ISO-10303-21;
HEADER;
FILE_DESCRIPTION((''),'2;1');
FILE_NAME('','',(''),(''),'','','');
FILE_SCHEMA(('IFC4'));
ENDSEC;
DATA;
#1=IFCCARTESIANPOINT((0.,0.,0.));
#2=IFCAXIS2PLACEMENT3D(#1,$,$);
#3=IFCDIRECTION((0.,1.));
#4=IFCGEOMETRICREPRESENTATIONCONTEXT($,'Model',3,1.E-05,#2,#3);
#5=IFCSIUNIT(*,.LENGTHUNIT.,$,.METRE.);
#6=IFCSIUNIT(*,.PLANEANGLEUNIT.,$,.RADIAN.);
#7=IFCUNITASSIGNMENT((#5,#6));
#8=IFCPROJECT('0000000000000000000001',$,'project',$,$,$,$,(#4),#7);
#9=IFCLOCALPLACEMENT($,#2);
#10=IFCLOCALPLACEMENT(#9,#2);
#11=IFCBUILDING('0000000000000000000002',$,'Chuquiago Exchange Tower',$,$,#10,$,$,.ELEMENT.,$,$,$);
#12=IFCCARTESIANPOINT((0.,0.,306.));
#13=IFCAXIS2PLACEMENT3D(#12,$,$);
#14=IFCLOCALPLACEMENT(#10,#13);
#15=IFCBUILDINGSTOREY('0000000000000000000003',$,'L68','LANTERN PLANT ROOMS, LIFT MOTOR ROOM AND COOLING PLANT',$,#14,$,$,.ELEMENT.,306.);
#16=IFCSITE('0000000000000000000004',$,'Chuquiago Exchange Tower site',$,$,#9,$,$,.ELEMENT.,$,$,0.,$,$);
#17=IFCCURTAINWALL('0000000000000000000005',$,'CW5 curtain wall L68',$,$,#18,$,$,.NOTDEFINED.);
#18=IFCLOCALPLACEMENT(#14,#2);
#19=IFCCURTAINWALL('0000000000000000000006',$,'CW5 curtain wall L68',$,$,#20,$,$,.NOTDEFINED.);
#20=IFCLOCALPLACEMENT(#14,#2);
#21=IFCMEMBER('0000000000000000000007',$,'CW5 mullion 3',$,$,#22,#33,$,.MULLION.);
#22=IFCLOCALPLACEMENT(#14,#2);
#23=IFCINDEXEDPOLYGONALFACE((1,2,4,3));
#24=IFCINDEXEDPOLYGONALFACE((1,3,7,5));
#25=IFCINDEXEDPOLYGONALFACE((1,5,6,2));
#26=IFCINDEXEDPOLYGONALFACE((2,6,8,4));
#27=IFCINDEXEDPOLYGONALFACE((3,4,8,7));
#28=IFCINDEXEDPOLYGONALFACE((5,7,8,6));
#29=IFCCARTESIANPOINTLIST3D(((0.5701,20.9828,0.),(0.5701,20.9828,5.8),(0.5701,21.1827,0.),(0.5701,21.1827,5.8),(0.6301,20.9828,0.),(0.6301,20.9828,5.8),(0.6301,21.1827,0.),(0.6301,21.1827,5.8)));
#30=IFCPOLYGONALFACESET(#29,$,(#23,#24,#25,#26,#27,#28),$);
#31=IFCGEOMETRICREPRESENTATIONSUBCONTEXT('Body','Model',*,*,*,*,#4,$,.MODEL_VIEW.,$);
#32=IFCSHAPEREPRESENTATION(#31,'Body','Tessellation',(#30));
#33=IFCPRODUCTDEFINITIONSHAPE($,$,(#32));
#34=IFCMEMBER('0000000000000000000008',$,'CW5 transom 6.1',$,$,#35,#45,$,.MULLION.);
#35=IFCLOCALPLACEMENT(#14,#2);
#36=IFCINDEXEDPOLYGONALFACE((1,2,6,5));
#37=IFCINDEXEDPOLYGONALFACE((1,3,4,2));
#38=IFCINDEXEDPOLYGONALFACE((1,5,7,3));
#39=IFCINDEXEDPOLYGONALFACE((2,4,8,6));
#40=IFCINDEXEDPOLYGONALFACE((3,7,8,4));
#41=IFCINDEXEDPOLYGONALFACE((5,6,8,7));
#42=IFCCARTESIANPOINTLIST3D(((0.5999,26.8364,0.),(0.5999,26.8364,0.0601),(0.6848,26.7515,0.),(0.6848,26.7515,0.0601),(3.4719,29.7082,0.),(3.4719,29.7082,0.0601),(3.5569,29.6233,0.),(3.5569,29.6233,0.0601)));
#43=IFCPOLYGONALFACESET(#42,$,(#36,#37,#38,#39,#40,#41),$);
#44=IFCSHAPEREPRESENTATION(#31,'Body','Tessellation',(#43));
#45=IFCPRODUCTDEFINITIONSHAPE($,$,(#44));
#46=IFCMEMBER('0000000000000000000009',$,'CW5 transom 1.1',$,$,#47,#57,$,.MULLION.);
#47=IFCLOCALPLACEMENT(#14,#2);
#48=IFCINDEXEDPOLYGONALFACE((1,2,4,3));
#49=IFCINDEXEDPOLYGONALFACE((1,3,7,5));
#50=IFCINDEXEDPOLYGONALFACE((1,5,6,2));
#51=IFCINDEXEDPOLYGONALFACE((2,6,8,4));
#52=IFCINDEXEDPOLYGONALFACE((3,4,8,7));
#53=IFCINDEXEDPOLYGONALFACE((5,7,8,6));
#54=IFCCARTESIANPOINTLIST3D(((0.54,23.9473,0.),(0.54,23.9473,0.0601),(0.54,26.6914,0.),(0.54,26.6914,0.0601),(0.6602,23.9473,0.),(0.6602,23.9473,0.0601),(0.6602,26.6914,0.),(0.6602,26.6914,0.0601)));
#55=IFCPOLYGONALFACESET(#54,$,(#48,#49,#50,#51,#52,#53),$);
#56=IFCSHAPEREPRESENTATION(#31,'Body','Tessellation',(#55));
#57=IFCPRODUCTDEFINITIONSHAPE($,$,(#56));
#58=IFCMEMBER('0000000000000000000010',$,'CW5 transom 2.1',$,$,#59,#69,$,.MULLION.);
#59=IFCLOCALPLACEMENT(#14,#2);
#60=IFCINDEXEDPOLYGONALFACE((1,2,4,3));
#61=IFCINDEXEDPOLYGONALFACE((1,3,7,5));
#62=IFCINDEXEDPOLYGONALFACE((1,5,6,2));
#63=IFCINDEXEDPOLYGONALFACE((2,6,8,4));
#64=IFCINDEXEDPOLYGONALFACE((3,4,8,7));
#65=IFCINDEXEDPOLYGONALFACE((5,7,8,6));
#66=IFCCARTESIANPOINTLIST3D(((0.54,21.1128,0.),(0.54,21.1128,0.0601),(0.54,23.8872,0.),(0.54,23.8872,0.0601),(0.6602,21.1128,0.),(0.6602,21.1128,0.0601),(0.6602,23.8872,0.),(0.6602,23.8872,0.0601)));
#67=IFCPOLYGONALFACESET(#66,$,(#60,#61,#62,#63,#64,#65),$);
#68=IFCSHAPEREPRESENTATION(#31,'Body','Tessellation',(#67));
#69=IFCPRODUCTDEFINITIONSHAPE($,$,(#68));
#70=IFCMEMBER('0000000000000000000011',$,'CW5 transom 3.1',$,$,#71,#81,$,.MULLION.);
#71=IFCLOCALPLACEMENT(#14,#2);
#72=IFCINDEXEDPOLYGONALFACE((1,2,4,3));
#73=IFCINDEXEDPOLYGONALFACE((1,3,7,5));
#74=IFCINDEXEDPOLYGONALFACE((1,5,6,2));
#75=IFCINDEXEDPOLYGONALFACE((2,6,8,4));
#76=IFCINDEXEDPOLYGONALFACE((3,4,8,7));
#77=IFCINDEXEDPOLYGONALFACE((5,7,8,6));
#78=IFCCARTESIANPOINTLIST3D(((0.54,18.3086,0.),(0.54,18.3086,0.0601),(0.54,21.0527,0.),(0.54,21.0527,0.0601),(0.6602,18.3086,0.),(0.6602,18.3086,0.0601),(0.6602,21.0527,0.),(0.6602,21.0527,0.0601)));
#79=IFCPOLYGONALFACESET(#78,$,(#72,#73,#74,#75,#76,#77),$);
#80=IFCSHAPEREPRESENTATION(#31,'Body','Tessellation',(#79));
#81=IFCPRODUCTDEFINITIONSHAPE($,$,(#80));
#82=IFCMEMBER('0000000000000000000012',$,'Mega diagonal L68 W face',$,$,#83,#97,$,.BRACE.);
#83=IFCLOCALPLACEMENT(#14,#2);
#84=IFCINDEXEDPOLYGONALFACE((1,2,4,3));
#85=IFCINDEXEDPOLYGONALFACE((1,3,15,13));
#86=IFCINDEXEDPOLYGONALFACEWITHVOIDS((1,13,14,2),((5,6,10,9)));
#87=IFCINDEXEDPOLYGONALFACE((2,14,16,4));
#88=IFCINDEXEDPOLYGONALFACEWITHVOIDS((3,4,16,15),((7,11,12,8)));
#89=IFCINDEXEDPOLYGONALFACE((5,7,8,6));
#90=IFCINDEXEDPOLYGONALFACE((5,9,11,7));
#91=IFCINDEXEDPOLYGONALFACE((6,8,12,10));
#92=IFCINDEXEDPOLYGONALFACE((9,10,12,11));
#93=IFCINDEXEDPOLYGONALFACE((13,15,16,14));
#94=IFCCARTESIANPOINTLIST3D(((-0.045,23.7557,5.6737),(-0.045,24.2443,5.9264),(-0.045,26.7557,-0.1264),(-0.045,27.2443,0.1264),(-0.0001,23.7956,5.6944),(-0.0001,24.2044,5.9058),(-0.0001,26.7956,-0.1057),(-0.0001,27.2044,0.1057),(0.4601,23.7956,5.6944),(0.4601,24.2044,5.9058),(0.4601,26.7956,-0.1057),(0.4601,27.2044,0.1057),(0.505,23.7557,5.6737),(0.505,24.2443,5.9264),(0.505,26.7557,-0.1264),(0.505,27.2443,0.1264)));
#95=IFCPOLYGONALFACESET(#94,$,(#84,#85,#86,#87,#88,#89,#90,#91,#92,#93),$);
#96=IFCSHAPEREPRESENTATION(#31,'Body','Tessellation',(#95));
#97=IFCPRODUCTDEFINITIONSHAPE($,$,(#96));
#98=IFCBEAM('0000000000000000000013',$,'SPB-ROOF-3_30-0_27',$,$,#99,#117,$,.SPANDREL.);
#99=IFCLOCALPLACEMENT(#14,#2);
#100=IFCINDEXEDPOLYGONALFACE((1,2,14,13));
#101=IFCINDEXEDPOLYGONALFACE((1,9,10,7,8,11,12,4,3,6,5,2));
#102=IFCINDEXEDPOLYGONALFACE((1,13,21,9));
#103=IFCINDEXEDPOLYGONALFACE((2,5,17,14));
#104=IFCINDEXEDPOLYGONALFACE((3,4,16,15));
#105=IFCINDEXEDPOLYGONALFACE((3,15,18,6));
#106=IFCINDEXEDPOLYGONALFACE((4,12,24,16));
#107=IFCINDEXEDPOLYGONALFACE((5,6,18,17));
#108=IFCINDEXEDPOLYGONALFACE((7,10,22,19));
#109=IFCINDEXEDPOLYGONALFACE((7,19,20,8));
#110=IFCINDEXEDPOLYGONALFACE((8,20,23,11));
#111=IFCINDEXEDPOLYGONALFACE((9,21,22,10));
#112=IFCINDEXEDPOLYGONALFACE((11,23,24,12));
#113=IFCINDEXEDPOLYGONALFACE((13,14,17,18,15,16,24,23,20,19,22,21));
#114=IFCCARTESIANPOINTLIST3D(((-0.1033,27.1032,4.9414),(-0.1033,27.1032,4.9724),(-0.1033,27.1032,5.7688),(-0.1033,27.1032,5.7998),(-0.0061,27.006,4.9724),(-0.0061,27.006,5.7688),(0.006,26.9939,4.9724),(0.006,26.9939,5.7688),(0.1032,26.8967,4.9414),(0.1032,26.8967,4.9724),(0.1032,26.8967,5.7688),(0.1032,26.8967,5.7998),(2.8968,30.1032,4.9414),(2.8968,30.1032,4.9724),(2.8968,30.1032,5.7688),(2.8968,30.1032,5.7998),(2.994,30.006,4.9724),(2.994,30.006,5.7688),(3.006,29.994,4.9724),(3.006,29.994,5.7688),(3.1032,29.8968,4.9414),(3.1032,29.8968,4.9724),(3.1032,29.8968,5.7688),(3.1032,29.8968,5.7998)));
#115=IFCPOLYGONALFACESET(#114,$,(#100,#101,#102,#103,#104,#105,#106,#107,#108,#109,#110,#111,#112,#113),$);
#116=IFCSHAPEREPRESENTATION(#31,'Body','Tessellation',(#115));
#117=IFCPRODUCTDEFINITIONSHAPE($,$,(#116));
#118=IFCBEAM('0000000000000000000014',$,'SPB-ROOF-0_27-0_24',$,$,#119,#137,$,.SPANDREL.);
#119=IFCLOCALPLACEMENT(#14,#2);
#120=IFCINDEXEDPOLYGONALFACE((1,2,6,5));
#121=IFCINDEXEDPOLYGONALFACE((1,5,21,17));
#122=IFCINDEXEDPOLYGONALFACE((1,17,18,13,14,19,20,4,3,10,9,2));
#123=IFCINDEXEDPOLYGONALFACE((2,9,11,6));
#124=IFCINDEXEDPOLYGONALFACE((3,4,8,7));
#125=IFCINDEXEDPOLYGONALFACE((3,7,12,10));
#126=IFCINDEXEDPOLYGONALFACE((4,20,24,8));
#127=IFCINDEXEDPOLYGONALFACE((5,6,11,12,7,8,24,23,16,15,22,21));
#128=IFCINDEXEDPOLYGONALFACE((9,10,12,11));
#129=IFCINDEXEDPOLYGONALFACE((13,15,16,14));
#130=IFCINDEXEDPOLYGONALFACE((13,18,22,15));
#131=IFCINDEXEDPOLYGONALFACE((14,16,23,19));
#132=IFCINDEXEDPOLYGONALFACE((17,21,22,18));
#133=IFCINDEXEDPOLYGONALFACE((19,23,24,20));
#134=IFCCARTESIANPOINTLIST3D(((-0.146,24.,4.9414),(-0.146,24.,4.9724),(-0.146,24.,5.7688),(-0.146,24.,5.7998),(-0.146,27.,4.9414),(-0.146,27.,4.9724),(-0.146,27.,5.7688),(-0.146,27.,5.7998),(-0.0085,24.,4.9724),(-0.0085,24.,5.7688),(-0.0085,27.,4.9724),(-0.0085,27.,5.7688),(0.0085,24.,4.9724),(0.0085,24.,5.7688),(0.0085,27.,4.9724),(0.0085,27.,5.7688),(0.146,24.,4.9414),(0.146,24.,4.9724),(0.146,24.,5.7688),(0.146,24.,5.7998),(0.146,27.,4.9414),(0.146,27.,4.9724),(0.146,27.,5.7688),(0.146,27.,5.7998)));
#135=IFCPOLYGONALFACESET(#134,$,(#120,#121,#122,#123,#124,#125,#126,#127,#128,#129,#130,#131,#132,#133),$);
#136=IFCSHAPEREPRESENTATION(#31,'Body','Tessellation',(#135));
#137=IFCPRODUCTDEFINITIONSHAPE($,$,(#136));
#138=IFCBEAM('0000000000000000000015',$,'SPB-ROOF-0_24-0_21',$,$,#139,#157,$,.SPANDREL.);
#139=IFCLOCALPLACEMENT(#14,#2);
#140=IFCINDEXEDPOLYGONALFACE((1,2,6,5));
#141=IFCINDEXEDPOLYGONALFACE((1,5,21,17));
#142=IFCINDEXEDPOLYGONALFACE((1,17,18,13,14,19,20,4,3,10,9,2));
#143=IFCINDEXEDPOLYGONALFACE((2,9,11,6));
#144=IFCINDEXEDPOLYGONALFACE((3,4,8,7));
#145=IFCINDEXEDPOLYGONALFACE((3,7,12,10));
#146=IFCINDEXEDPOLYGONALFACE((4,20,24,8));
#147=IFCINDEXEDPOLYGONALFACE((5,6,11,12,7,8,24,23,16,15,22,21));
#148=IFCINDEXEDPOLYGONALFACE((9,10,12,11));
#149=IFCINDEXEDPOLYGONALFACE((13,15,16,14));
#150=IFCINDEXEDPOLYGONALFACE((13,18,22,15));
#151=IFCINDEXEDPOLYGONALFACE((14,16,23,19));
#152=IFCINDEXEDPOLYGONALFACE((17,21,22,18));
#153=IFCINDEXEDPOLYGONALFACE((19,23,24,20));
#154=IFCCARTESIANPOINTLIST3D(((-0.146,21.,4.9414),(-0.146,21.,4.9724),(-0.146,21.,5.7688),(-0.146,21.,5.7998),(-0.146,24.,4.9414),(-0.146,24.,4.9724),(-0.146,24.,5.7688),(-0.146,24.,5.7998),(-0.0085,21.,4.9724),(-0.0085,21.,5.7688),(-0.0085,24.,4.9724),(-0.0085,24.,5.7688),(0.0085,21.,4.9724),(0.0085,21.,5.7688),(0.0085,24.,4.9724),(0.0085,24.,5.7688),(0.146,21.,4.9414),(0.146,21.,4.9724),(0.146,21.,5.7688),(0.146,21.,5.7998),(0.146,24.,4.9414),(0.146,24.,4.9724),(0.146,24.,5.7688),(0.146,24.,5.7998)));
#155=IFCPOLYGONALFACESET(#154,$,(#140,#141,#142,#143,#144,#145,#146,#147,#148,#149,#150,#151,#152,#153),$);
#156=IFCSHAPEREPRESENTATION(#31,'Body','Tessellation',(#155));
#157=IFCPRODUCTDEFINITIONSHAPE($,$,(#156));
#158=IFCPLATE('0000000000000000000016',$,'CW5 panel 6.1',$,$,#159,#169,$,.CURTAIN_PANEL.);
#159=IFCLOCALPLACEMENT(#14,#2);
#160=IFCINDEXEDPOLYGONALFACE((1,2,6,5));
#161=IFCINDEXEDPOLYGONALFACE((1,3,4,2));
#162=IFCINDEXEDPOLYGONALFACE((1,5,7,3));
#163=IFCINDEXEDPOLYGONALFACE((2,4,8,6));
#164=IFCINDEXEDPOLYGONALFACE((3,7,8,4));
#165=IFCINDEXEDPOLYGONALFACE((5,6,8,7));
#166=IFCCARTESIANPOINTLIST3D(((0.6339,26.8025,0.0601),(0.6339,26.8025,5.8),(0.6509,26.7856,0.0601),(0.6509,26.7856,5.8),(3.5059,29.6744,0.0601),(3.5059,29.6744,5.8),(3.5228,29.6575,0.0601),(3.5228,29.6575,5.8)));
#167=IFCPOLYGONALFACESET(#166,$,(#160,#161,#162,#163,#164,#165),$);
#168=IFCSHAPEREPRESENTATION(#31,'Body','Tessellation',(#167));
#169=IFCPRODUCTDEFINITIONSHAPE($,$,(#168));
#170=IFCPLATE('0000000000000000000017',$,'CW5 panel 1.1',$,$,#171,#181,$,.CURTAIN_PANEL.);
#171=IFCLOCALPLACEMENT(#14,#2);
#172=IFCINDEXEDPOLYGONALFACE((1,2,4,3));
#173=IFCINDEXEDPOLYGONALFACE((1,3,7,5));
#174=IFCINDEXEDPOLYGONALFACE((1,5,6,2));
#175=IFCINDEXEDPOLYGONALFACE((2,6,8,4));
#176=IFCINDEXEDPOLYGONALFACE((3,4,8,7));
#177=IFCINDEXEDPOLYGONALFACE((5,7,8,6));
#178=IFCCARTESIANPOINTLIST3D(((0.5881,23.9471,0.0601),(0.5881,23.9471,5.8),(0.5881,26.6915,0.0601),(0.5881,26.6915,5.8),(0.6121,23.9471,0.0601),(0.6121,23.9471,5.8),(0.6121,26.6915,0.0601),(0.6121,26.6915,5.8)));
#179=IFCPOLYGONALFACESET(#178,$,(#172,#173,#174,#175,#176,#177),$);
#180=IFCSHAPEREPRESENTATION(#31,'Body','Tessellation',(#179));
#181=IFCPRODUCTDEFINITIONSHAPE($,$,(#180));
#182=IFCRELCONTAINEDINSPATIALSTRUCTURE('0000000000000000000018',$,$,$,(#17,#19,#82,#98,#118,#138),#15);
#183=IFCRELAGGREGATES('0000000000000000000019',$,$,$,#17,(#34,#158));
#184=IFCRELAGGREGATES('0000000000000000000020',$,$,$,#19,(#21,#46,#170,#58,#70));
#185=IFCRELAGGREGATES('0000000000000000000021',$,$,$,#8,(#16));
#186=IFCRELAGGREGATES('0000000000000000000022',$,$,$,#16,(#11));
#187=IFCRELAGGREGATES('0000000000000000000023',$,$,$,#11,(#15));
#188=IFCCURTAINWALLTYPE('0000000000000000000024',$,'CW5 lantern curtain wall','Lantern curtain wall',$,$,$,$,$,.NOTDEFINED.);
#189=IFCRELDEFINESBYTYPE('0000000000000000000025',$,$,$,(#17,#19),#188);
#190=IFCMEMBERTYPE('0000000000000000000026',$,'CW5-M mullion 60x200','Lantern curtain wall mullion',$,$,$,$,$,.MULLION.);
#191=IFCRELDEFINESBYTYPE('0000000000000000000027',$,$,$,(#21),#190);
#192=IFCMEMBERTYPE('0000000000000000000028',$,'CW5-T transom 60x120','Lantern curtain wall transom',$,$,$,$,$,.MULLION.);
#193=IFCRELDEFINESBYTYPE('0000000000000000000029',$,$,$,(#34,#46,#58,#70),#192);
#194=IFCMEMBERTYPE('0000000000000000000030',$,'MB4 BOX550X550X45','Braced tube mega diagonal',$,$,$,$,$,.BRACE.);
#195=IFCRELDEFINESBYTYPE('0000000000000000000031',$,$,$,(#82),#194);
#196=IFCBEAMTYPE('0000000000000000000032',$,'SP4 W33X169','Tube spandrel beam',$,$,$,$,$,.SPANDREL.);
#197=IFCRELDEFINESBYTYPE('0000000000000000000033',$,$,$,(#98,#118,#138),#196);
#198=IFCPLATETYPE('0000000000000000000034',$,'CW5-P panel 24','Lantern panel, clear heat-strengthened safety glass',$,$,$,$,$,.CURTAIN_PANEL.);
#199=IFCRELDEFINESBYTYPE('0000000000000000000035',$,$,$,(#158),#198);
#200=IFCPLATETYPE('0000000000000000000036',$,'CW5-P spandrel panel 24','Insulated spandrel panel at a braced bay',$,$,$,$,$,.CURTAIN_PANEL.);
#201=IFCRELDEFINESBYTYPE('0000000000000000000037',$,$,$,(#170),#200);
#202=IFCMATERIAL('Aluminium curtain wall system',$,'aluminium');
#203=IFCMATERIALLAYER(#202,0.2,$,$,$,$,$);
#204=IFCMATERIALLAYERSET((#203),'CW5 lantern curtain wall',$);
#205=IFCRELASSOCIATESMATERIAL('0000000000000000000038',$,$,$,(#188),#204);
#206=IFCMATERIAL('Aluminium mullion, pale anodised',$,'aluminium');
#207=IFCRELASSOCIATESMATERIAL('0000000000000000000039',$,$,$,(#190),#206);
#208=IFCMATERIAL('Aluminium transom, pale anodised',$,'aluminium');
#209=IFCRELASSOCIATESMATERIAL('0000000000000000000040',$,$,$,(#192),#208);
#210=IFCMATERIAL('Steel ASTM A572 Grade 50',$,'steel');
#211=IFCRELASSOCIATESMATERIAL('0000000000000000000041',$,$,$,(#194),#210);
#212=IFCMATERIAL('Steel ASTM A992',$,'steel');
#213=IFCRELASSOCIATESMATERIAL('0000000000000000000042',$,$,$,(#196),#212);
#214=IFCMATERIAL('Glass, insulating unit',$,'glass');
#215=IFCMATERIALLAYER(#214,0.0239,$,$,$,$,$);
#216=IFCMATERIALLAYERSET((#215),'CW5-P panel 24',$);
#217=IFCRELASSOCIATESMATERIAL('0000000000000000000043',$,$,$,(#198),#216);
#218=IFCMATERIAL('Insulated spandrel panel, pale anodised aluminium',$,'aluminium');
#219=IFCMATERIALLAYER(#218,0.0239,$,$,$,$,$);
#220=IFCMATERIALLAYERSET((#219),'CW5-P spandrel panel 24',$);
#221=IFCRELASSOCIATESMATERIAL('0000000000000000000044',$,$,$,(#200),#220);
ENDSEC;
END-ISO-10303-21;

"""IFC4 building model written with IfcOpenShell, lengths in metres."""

from ifc_helpers import new_model, si_unit, direction, frame, origin, origin_2d, place, context, subcontext, project, spatial, rectangle, hollow_rectangle, i_section, extrude, material, layer, layer_set, material_profile, profile_set, type_object, element, aggregate, save


model = new_model("IFC4")

# Units and contexts
model_context = context("Model", 3, precision=1e-05, world=origin(), true_north=direction((0.0, 1.0)))
body_context = subcontext(model_context, "Body", "Model", "MODEL_VIEW")
ifc_project = project(units=[si_unit("LENGTHUNIT", "METRE"), si_unit("PLANEANGLEUNIT", "RADIAN")], contexts=[model_context])

# Site, building, storey
site_placement = place(None, origin())
site = spatial("IfcSite", under=ifc_project, at=site_placement, Name="Chuquiago Exchange Tower site", CompositionType="ELEMENT", RefElevation=0.0)
building_placement = place(site_placement, origin())
building = spatial("IfcBuilding", under=site, at=building_placement, Name="Chuquiago Exchange Tower", CompositionType="ELEMENT")
storey_placement = place(building_placement, frame((0.0, 0.0, 306.0)))
storey = spatial("IfcBuildingStorey", under=building, at=storey_placement, Name="L68", Description="LANTERN PLANT ROOMS, LIFT MOTOR ROOM AND COOLING PLANT", CompositionType="ELEMENT", Elevation=306.0)

# Curtain walls, member
ifc_material_1 = material(Name="Aluminium curtain wall system", Category="aluminium")
ifc_layer_1 = layer(ifc_material_1, 0.2)
ifc_layer_set_1 = layer_set([ifc_layer_1], Name="CW5 lantern curtain wall")
curtain_wall_type = type_object("IfcCurtainWallType", Name="CW5 lantern curtain wall", Description="Lantern curtain wall", PredefinedType="NOTDEFINED", material=ifc_layer_set_1)
curtain_wall_1_placement = place(storey_placement, origin())
curtain_wall_1 = element("IfcCurtainWall", 1, at=curtain_wall_1_placement, inside=storey, type_object=curtain_wall_type, Name="CW5 curtain wall L68", PredefinedType="NOTDEFINED")
ifc_material_2 = material(Name="Aluminium mullion, pale anodised", Category="aluminium")
ifc_material_profile_1 = material_profile(ifc_material_2, rectangle(XDim=0.0601, YDim=0.2, at=origin_2d()), Name="AL 60x200")
ifc_profile_set_1 = profile_set([ifc_material_profile_1], Name="Aluminium mullion, pale anodised")
member_type_1 = type_object("IfcMemberType", Name="CW5-M mullion 60x200", Description="Lantern curtain wall mullion", PredefinedType="MULLION", material=ifc_profile_set_1)
curtain_wall_2_placement = place(storey_placement, origin())
curtain_wall_2 = element("IfcCurtainWall", 2, at=curtain_wall_2_placement, inside=storey, type_object=curtain_wall_type, Name="CW5 curtain wall L68", PredefinedType="NOTDEFINED")
member_1_placement = place(storey_placement, frame((0.6001, 21.0828, 0.0), z_axis=(0.0, 0.0, 1.0), x_axis=(1.0, 0.0, 0.0)))
member_1 = element("IfcMember", 3, at=member_1_placement, type_object=member_type_1, Name="CW5 mullion 3", PredefinedType="MULLION", context=body_context, shape_type="SweptSolid", body=[
    extrude(rectangle(XDim=0.0601, YDim=0.2, at=origin_2d()), origin(), (0.0, 0.0, 1.0), 5.8),
])

# Members
ifc_material_3 = material(Name="Aluminium transom, pale anodised", Category="aluminium")
ifc_material_profile_2 = material_profile(ifc_material_3, rectangle(XDim=0.1201, YDim=0.0601, at=origin_2d()), Name="AL 120x60")
ifc_profile_set_2 = profile_set([ifc_material_profile_2], Name="Aluminium transom, pale anodised")
member_type_2 = type_object("IfcMemberType", Name="CW5-T transom 60x120", Description="Lantern curtain wall transom", PredefinedType="MULLION", material=ifc_profile_set_2)
member_2_placement = place(storey_placement, frame((3.5144, 29.6658, 0.03), z_axis=(-0.707137, -0.707077, 0.0), x_axis=(0.707077, -0.707137, 0.0)))
member_2 = element("IfcMember", 4, at=member_2_placement, type_object=member_type_2, Name="CW5 transom 6.1", PredefinedType="MULLION", context=body_context, shape_type="SweptSolid", body=[
    extrude(rectangle(XDim=0.1201, YDim=0.0601, at=origin_2d()), origin(), (0.0, 0.0, 1.0), 4.0615),
])
member_3_placement = place(storey_placement, frame((0.6001, 26.6914, 0.03), z_axis=(0.0, -1.0, 0.0), x_axis=(1.0, 0.0, 0.0)))
member_3 = element("IfcMember", 5, at=member_3_placement, type_object=member_type_2, Name="CW5 transom 1.1", PredefinedType="MULLION", context=body_context, shape_type="SweptSolid", body=[
    extrude(rectangle(XDim=0.1201, YDim=0.0601, at=origin_2d()), origin(), (0.0, 0.0, 1.0), 2.7441),
])
member_4_placement = place(storey_placement, frame((0.6001, 23.8872, 0.03), z_axis=(0.0, -1.0, 0.0), x_axis=(1.0, 0.0, 0.0)))
member_4 = element("IfcMember", 6, at=member_4_placement, type_object=member_type_2, Name="CW5 transom 2.1", PredefinedType="MULLION", context=body_context, shape_type="SweptSolid", body=[
    extrude(rectangle(XDim=0.1201, YDim=0.0601, at=origin_2d()), origin(), (0.0, 0.0, 1.0), 2.7744),
])
member_5_placement = place(storey_placement, frame((0.6001, 21.0527, 0.03), z_axis=(0.0, -1.0, 0.0), x_axis=(1.0, 0.0, 0.0)))
member_5 = element("IfcMember", 7, at=member_5_placement, type_object=member_type_2, Name="CW5 transom 3.1", PredefinedType="MULLION", context=body_context, shape_type="SweptSolid", body=[
    extrude(rectangle(XDim=0.1201, YDim=0.0601, at=origin_2d()), origin(), (0.0, 0.0, 1.0), 2.7441),
])
ifc_material_4 = material(Name="Steel ASTM A572 Grade 50", Category="steel")
ifc_material_profile_3 = material_profile(ifc_material_4, hollow_rectangle(XDim=0.55, YDim=0.55, WallThickness=0.0449, at=origin_2d()), Name="BOX550X550X45")
ifc_profile_set_3 = profile_set([ifc_material_profile_3], Name="Steel ASTM A572 Grade 50")
member_type_3 = type_object("IfcMemberType", Name="MB4 BOX550X550X45", Description="Braced tube mega diagonal", PredefinedType="BRACE", material=ifc_profile_set_3)
member_6_placement = place(storey_placement, frame((0.23, 27.0, 0.0), z_axis=(0.0, -0.45942, 0.888219), x_axis=(1.0, 0.0, 0.0)))
element("IfcMember", 8, at=member_6_placement, inside=storey, type_object=member_type_3, Name="Mega diagonal L68 W face", PredefinedType="BRACE", context=body_context, shape_type="SweptSolid", body=[
    extrude(hollow_rectangle(XDim=0.55, YDim=0.55, WallThickness=0.0449, at=origin_2d()), origin(), (0.0, 0.0, 1.0), 6.53),
])

# Beams
ifc_material_5 = material(Name="Steel ASTM A992", Category="steel")
ifc_material_profile_4 = material_profile(ifc_material_5, i_section(OverallWidth=0.292, OverallDepth=0.8584, WebThickness=0.0171, FlangeThickness=0.031, at=origin_2d()), Name="W33X169")
ifc_profile_set_4 = profile_set([ifc_material_profile_4], Name="Steel ASTM A992")
beam_type_1 = type_object("IfcBeamType", Name="SP4 W33X169", Description="Tube spandrel beam", PredefinedType="SPANDREL", material=ifc_profile_set_4)
beam_1_placement = place(storey_placement, frame((3.0, 30.0, 5.3706), z_axis=(-0.707107, -0.707107, 0.0), x_axis=(0.707107, -0.707107, 0.0)))
element("IfcBeam", 9, at=beam_1_placement, inside=storey, type_object=beam_type_1, Name="SPB-ROOF-3_30-0_27", PredefinedType="SPANDREL", context=body_context, shape_type="SweptSolid", body=[
    extrude(i_section(OverallWidth=0.292, OverallDepth=0.8584, WebThickness=0.0171, FlangeThickness=0.031, at=origin_2d()), origin(), (0.0, 0.0, 1.0), 4.2427),
])
for number, where, z_axis, x_axis, name in (
    (10, (0.0, 27.0, 5.3706), (0.0, -1.0, 0.0), (1.0, 0.0, 0.0), "SPB-ROOF-0_27-0_24"),
    (11, (0.0, 24.0, 5.3706), (0.0, -1.0, 0.0), (1.0, 0.0, 0.0), "SPB-ROOF-0_24-0_21"),
):
    element("IfcBeam", number, at=place(storey_placement, frame(where, z_axis=z_axis, x_axis=x_axis)), inside=storey, type_object=beam_type_1, Name=name, PredefinedType="SPANDREL", context=body_context, shape_type="SweptSolid", body=[
        extrude(i_section(OverallWidth=0.292, OverallDepth=0.8584, WebThickness=0.0171, FlangeThickness=0.031, at=origin_2d()), origin(), (0.0, 0.0, 1.0), 3.0),
    ])

# Plates
ifc_material_6 = material(Name="Glass, insulating unit", Category="glass")
ifc_layer_2 = layer(ifc_material_6, 0.0239)
ifc_layer_set_2 = layer_set([ifc_layer_2], Name="CW5-P panel 24")
plate_type_1 = type_object("IfcPlateType", Name="CW5-P panel 24", Description="Lantern panel, clear heat-strengthened safety glass", PredefinedType="CURTAIN_PANEL", material=ifc_layer_set_2)
plate_1_placement = place(storey_placement, frame((2.0784, 28.23, 0.0601), z_axis=(0.0, 0.0, 1.0), x_axis=(-0.707109, -0.707105, 0.0)))
plate_1 = element("IfcPlate", 12, at=plate_1_placement, type_object=plate_type_1, Name="CW5 panel 6.1", PredefinedType="CURTAIN_PANEL", context=body_context, shape_type="SweptSolid", body=[
    extrude(rectangle(XDim=4.0615, YDim=0.0239, at=origin_2d()), origin(), (0.0, 0.0, 1.0), 5.74),
])
aggregate(curtain_wall_1, [member_2, plate_1])
ifc_material_7 = material(Name="Insulated spandrel panel, pale anodised aluminium", Category="aluminium")
ifc_layer_3 = layer(ifc_material_7, 0.0239)
ifc_layer_set_3 = layer_set([ifc_layer_3], Name="CW5-P spandrel panel 24")
plate_type_2 = type_object("IfcPlateType", Name="CW5-P spandrel panel 24", Description="Insulated spandrel panel at a braced bay", PredefinedType="CURTAIN_PANEL", material=ifc_layer_set_3)
plate_2_placement = place(storey_placement, frame((0.6001, 25.3193, 0.0601), z_axis=(0.0, 0.0, 1.0), x_axis=(0.0, -1.0, 0.0)))
plate_2 = element("IfcPlate", 13, at=plate_2_placement, type_object=plate_type_2, Name="CW5 panel 1.1", PredefinedType="CURTAIN_PANEL", context=body_context, shape_type="SweptSolid", body=[
    extrude(rectangle(XDim=2.7444, YDim=0.0239, at=origin_2d()), origin(), (0.0, 0.0, 1.0), 5.74),
])
aggregate(curtain_wall_2, [member_1, member_3, plate_2, member_4, member_5])

save(model, "model.ifc")
